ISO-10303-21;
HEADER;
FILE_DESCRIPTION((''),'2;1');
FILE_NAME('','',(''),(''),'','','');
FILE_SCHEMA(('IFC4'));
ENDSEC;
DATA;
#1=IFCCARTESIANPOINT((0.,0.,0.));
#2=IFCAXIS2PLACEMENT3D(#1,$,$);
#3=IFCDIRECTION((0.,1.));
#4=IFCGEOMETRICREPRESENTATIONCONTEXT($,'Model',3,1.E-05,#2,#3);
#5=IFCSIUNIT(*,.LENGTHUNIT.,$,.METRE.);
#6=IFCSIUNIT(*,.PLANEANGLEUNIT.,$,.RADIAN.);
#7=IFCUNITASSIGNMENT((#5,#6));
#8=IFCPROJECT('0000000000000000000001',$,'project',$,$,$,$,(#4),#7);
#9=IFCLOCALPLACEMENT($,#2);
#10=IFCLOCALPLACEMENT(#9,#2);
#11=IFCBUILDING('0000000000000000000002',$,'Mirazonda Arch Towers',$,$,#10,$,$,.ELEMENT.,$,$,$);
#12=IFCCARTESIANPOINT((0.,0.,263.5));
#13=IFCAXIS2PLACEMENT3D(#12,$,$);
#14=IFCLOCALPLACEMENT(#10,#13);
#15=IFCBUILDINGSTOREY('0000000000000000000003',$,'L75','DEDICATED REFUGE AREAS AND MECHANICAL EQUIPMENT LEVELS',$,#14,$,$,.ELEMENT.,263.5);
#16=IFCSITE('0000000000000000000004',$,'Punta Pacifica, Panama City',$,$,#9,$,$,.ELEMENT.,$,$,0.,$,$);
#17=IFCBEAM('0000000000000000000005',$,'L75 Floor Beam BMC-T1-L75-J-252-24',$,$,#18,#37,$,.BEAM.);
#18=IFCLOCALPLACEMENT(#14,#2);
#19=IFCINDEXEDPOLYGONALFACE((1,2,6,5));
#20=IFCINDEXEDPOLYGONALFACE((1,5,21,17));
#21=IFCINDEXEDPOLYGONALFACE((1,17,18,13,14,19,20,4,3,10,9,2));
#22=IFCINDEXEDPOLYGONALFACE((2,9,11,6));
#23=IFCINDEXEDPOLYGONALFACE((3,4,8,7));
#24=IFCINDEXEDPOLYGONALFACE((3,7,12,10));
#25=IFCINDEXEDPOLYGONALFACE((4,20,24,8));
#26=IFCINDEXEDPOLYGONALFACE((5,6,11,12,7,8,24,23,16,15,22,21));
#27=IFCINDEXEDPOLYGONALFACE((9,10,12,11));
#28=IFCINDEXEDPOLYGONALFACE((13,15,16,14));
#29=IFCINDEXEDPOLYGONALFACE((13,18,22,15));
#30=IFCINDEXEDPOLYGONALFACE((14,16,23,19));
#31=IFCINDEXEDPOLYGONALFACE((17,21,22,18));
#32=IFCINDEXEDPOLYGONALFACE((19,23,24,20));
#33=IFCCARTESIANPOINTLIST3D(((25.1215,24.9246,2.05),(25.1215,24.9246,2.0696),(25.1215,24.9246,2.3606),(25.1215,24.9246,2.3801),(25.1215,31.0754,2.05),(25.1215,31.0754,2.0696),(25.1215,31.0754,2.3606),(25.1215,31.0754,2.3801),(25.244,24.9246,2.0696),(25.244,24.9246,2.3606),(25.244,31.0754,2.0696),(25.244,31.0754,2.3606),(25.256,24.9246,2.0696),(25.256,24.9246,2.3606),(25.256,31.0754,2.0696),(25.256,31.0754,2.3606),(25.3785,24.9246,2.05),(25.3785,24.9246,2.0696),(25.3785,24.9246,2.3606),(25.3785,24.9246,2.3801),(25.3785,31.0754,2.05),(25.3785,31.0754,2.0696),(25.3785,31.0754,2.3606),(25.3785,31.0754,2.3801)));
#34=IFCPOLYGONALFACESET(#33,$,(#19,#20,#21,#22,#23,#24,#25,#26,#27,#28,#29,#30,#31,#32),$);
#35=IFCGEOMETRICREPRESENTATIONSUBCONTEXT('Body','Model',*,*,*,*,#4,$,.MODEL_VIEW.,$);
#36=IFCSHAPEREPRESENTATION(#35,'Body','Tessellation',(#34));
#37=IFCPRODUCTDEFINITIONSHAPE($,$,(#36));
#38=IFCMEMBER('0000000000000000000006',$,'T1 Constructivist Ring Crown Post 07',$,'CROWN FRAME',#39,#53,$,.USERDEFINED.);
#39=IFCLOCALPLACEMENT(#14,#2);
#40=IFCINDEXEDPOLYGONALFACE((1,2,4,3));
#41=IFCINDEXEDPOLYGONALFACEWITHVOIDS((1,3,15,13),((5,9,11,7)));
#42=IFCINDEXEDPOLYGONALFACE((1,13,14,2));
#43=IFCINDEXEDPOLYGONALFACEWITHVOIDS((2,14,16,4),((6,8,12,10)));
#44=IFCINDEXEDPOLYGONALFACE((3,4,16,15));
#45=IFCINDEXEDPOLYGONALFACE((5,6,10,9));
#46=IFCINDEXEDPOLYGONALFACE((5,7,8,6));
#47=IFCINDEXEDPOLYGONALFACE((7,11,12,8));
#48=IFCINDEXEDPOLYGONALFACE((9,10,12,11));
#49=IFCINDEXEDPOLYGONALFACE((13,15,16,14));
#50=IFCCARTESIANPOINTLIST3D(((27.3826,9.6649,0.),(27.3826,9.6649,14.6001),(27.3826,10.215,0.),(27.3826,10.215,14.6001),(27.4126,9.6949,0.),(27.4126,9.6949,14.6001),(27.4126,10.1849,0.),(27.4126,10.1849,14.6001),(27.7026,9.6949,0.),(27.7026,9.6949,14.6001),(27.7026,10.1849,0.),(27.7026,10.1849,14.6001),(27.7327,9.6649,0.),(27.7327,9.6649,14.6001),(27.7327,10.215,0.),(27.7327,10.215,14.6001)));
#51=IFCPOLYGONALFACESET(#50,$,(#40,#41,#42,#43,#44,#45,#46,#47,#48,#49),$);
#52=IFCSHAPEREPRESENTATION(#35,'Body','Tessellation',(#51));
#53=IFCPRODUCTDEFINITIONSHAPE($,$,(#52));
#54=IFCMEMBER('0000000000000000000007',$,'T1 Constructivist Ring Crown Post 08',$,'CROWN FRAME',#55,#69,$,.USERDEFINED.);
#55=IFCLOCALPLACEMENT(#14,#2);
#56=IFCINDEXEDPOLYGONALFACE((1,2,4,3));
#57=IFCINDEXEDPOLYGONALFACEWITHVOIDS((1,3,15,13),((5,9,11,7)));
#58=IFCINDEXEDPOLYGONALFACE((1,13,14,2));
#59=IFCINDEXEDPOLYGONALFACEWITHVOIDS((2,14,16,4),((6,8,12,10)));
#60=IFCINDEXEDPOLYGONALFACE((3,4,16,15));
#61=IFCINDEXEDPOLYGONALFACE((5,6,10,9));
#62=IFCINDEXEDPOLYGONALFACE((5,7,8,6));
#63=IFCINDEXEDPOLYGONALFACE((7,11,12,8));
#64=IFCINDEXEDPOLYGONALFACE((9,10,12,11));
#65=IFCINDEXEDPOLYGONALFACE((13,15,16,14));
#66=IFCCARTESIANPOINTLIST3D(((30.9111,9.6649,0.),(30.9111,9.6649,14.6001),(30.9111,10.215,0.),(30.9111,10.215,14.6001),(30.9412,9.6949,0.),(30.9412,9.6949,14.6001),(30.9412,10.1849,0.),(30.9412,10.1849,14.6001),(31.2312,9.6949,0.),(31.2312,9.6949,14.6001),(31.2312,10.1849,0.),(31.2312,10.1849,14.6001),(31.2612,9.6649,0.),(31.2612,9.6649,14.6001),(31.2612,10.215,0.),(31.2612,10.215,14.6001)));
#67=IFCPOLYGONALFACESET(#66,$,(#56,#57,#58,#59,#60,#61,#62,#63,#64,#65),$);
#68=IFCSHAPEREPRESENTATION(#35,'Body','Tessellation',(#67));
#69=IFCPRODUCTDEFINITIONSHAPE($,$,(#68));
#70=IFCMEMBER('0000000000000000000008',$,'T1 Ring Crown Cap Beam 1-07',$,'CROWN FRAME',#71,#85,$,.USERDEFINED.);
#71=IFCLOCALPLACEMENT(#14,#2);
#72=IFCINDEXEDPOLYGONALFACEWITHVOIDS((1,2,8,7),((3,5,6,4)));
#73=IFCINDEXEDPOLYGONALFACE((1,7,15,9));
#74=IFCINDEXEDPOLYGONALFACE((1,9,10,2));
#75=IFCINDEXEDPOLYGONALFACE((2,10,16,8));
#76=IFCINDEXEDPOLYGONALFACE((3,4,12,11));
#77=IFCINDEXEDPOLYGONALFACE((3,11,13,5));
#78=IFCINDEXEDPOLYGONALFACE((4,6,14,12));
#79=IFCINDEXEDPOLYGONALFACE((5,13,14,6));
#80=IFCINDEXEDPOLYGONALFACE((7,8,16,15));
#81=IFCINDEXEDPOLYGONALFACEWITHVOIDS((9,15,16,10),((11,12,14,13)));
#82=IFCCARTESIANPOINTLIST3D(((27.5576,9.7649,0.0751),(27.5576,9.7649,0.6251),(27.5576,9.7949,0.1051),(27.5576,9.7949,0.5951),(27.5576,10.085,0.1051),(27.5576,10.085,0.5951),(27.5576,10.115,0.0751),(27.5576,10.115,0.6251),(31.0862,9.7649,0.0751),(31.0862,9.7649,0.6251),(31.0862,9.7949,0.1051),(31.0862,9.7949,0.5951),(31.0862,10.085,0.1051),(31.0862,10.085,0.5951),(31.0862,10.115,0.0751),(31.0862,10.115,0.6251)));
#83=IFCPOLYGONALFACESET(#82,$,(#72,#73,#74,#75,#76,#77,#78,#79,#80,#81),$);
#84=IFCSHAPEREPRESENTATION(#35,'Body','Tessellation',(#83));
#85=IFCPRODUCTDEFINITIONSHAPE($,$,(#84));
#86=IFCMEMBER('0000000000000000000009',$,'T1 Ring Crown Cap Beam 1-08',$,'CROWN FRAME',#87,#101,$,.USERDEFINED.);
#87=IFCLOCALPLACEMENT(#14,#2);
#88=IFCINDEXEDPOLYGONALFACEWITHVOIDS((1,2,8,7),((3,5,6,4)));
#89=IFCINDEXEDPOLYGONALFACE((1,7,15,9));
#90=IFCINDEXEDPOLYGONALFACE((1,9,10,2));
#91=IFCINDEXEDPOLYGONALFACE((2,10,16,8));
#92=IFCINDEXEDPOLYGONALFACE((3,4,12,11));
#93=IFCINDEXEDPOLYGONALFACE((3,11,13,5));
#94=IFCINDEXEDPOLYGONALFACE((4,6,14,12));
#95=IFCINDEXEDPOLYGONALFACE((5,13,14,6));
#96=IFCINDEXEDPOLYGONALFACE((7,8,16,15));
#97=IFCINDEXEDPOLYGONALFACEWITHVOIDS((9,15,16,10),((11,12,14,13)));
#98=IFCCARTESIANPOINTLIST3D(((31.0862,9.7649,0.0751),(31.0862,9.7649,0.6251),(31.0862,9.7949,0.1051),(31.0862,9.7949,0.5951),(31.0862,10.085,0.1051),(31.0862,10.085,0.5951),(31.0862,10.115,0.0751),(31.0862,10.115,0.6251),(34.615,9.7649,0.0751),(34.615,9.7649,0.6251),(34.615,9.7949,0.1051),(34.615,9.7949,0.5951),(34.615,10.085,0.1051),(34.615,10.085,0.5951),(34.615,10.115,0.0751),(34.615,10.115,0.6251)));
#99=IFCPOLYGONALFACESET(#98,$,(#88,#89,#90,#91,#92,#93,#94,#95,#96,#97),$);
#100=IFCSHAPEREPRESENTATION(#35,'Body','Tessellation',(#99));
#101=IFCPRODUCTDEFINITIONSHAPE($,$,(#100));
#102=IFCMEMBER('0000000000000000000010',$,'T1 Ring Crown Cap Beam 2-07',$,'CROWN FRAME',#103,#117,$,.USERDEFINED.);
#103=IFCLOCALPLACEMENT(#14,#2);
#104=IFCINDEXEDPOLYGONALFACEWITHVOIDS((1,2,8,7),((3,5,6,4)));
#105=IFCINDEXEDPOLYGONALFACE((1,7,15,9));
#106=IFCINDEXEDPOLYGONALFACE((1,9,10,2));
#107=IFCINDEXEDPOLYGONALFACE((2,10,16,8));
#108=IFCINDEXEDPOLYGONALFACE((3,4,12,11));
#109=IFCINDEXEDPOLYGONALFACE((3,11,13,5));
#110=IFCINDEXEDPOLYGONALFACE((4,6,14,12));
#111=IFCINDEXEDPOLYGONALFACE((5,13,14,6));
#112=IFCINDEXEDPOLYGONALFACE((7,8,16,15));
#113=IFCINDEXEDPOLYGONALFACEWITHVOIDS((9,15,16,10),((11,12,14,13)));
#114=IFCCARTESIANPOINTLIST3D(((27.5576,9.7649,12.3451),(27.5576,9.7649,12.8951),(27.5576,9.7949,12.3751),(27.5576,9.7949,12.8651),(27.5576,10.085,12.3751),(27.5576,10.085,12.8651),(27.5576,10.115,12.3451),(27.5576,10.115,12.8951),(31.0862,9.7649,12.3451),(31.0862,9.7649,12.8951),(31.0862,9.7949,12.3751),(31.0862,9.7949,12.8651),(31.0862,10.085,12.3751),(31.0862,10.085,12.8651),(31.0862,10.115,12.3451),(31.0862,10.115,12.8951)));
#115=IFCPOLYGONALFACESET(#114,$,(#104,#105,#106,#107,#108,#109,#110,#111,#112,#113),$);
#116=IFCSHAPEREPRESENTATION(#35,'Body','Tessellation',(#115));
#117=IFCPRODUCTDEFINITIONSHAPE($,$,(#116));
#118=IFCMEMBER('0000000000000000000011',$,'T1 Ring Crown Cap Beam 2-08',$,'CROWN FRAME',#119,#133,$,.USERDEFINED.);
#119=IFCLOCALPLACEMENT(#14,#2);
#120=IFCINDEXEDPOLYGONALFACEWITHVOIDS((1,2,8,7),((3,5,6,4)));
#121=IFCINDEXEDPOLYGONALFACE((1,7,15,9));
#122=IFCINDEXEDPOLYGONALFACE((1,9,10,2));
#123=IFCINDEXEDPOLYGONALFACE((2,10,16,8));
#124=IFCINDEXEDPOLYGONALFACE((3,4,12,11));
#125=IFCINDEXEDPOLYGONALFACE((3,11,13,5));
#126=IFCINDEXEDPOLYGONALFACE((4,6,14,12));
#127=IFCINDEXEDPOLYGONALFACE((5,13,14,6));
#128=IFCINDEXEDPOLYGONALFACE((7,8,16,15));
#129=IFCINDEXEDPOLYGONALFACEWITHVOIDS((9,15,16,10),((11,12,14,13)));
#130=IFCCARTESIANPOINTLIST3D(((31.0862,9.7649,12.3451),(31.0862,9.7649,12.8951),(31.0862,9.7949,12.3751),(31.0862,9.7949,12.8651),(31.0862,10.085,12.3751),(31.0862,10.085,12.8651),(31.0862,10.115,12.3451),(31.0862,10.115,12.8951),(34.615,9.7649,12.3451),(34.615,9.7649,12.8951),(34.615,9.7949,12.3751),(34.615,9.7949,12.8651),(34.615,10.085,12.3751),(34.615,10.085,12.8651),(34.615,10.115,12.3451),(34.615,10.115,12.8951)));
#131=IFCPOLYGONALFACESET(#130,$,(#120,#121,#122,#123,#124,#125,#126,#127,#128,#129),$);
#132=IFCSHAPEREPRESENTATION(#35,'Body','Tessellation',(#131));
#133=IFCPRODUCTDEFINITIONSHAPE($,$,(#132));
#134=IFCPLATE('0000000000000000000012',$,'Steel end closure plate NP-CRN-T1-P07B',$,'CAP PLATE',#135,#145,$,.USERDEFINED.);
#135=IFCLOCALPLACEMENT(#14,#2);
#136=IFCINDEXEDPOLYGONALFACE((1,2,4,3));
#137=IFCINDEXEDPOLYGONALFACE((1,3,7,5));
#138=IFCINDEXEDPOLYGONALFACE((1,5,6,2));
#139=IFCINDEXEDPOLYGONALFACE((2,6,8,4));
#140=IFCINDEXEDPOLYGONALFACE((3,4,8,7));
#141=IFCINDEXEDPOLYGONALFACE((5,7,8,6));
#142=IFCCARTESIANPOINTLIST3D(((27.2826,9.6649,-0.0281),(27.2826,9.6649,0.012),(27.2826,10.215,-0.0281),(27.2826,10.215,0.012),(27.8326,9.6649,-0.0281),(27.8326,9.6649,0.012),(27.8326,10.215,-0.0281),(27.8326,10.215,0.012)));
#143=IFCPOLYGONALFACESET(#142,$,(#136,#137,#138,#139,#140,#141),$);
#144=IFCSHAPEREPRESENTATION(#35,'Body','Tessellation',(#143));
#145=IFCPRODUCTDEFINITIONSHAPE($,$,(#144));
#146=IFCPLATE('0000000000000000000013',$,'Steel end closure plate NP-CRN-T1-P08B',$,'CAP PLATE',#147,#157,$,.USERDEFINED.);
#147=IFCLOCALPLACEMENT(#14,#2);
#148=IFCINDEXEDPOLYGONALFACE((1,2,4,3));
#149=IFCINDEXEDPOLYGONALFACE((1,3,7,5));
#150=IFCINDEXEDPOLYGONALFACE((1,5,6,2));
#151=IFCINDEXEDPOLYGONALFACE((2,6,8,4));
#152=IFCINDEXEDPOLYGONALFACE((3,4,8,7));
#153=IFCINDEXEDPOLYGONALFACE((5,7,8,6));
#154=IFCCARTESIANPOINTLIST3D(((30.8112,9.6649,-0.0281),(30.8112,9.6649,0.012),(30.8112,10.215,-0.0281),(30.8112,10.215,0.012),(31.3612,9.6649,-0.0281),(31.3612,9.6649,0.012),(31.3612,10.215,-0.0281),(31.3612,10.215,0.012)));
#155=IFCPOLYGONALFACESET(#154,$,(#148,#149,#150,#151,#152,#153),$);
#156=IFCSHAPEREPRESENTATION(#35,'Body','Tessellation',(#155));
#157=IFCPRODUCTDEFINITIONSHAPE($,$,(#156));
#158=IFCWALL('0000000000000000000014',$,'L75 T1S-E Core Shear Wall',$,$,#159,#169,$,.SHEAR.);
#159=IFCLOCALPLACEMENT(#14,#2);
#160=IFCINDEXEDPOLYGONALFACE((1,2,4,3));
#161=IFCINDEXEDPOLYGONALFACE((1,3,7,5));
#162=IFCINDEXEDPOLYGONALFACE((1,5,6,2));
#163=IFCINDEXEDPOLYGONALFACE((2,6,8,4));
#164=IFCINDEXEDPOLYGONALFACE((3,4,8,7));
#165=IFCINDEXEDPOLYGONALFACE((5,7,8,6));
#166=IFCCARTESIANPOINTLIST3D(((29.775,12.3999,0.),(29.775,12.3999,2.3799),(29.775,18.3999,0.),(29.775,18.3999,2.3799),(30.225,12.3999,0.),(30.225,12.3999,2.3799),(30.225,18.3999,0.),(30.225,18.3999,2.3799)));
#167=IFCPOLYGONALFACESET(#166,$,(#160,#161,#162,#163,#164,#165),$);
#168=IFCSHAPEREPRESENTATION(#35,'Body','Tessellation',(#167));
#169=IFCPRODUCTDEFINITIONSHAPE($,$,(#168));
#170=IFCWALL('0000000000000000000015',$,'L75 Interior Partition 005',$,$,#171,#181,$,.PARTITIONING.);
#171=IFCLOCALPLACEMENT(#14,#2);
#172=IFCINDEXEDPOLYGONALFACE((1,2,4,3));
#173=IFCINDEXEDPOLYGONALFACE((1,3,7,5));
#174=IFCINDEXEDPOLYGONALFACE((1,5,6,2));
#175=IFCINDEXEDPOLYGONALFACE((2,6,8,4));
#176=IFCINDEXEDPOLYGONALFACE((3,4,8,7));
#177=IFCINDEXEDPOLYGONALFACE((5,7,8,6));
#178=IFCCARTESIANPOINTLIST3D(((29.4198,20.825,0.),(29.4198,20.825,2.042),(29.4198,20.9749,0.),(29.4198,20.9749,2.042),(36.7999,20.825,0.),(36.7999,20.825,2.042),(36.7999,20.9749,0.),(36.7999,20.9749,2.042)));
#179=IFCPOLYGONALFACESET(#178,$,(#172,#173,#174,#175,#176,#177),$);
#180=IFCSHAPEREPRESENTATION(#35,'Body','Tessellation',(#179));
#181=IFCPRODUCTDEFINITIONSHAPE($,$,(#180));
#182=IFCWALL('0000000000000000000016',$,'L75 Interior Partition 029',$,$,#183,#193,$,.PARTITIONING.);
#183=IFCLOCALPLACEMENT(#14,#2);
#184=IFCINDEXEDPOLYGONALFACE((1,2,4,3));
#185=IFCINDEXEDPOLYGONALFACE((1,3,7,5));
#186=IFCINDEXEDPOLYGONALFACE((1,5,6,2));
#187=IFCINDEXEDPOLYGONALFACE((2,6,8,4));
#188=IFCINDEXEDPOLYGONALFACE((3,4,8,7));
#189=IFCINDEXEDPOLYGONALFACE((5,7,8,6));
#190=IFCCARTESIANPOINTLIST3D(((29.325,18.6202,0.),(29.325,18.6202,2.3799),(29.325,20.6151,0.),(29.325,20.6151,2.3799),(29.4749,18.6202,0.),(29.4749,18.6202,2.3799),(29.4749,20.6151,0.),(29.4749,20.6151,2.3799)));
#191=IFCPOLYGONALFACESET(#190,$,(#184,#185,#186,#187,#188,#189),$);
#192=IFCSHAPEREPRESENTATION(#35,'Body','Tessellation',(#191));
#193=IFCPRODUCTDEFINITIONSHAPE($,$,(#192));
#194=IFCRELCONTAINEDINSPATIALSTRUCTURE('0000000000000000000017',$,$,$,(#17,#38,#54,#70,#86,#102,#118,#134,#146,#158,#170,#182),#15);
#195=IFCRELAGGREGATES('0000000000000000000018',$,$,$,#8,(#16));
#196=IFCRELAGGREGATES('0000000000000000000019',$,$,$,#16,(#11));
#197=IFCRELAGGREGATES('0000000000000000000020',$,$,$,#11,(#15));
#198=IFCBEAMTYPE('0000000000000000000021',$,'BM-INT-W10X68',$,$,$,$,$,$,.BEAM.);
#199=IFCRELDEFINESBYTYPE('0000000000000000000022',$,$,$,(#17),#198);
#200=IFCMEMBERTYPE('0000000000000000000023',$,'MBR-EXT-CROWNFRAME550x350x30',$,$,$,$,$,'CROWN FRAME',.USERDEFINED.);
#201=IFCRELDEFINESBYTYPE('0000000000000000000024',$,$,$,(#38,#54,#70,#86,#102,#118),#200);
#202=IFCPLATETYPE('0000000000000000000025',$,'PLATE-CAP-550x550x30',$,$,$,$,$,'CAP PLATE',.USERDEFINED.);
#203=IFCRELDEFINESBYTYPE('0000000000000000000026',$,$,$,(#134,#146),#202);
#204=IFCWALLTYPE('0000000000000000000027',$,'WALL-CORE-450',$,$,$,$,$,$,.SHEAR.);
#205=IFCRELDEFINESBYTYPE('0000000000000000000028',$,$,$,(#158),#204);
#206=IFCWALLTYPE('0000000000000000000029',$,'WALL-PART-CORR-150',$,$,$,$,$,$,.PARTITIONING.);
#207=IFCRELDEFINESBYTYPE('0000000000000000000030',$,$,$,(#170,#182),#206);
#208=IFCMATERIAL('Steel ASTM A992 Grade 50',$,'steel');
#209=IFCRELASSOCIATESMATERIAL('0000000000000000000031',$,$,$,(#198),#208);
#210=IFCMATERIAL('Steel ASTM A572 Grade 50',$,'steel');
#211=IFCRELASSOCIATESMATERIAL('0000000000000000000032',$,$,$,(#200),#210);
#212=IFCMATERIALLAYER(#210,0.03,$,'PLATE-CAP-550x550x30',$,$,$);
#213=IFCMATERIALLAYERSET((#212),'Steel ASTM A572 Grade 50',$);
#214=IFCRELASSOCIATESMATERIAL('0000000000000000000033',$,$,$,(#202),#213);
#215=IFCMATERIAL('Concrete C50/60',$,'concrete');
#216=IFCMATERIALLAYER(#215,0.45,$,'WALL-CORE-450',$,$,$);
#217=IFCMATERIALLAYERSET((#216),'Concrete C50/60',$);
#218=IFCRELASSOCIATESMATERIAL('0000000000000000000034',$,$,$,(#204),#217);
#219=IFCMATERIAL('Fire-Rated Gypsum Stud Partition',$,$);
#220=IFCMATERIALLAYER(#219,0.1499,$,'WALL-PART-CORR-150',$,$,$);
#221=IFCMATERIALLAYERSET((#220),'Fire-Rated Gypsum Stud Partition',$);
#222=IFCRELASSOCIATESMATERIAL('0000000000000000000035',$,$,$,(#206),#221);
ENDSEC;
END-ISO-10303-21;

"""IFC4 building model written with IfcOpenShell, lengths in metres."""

from ifc_helpers import new_model, si_unit, direction, frame, frame_2d, origin, origin_2d, place, context, subcontext, project, spatial, rectangle, hollow_rectangle, i_section, extrude, material, layer, layer_set, material_profile, profile_set, type_object, element, save


model = new_model("IFC4")

# Units and contexts
model_context = context("Model", 3, precision=1e-05, world=origin(), true_north=direction((0.0, 1.0)))
body_context = subcontext(model_context, "Body", "Model", "MODEL_VIEW")
ifc_project = project(units=[si_unit("LENGTHUNIT", "METRE"), si_unit("PLANEANGLEUNIT", "RADIAN")], contexts=[model_context])

# Site, building, storey
site_placement = place(None, origin())
site = spatial("IfcSite", under=ifc_project, at=site_placement, Name="Punta Pacifica, Panama City", CompositionType="ELEMENT", RefElevation=0.0)
building_placement = place(site_placement, origin())
building = spatial("IfcBuilding", under=site, at=building_placement, Name="Mirazonda Arch Towers", CompositionType="ELEMENT")
storey_placement = place(building_placement, frame((0.0, 0.0, 263.5)))
storey = spatial("IfcBuildingStorey", under=building, at=storey_placement, Name="L75", Description="DEDICATED REFUGE AREAS AND MECHANICAL EQUIPMENT LEVELS", CompositionType="ELEMENT", Elevation=263.5)

# Shared definitions
ifc_material_1 = material(Name="Concrete C50/60", Category="concrete")

# Beam
ifc_material_2 = material(Name="Steel ASTM A992 Grade 50", Category="steel")
ifc_material_profile_1 = material_profile(ifc_material_2, i_section(OverallWidth=0.2571, OverallDepth=0.3301, WebThickness=0.012, FlangeThickness=0.0195, at=origin_2d()), Name="W10X68")
ifc_profile_set_1 = profile_set([ifc_material_profile_1], Name="Steel ASTM A992 Grade 50")
beam_type = type_object("IfcBeamType", Name="BM-INT-W10X68", PredefinedType="BEAM", material=ifc_profile_set_1)
beam_1_placement = place(storey_placement, frame((25.25, 24.9246, 2.2151), z_axis=(0.0, 1.0, 0.0), x_axis=(-1.0, 0.0, 0.0)))
element("IfcBeam", 1, at=beam_1_placement, inside=storey, type_object=beam_type, Name="L75 Floor Beam BMC-T1-L75-J-252-24", PredefinedType="BEAM", context=body_context, shape_type="SweptSolid", body=[
    extrude(i_section(OverallWidth=0.2571, OverallDepth=0.3301, WebThickness=0.012, FlangeThickness=0.0195, at=origin_2d()), origin(), (0.0, 0.0, 1.0), 6.1509),
])

# Members
ifc_material_3 = material(Name="Steel ASTM A572 Grade 50", Category="steel")
ifc_material_profile_2 = material_profile(ifc_material_3, hollow_rectangle(XDim=0.3501, YDim=0.55, WallThickness=0.03, at=origin_2d()), Name="CROWNFRAME550x350x30")
ifc_profile_set_2 = profile_set([ifc_material_profile_2], Name="Steel ASTM A572 Grade 50")
member_type = type_object("IfcMemberType", Name="MBR-EXT-CROWNFRAME550x350x30", ElementType="CROWN FRAME", PredefinedType="USERDEFINED", material=ifc_profile_set_2)
for number, where, z_axis, x_axis, name in (
    (2, (27.5576, 9.9399, 0.0), (0.0, 0.0, 1.0), (1.0, 0.0, 0.0), "T1 Constructivist Ring Crown Post 07"),
    (3, (31.0862, 9.9399, 0.0), (0.0, 0.0, 1.0), (1.0, 0.0, 0.0), "T1 Constructivist Ring Crown Post 08"),
):
    element("IfcMember", number, at=place(storey_placement, frame(where, z_axis=z_axis, x_axis=x_axis)), inside=storey, type_object=member_type, Name=name, ObjectType="CROWN FRAME", PredefinedType="USERDEFINED", context=body_context, shape_type="SweptSolid", body=[
        extrude(hollow_rectangle(XDim=0.3501, YDim=0.55, WallThickness=0.03, at=origin_2d()), origin(), (0.0, 0.0, 1.0), 14.6001),
    ])
member_1_placement = place(storey_placement, frame((27.5576, 9.9399, 0.3501), z_axis=(1.0, 0.0, 0.0), x_axis=(0.0, 1.0, 0.0)))
element("IfcMember", 4, at=member_1_placement, inside=storey, type_object=member_type, Name="T1 Ring Crown Cap Beam 1-07", ObjectType="CROWN FRAME", PredefinedType="USERDEFINED", context=body_context, shape_type="SweptSolid", body=[
    extrude(hollow_rectangle(XDim=0.3501, YDim=0.55, WallThickness=0.03, at=origin_2d()), origin(), (0.0, 0.0, 1.0), 3.5286),
])
member_2_placement = place(storey_placement, frame((31.0862, 9.9399, 0.3501), z_axis=(1.0, 0.0, 0.0), x_axis=(0.0, 1.0, 0.0)))
element("IfcMember", 5, at=member_2_placement, inside=storey, type_object=member_type, Name="T1 Ring Crown Cap Beam 1-08", ObjectType="CROWN FRAME", PredefinedType="USERDEFINED", context=body_context, shape_type="SweptSolid", body=[
    extrude(hollow_rectangle(XDim=0.3501, YDim=0.55, WallThickness=0.03, at=origin_2d()), origin(), (0.0, 0.0, 1.0), 3.5288),
])
member_3_placement = place(storey_placement, frame((27.5576, 9.9399, 12.6201), z_axis=(1.0, 0.0, 0.0), x_axis=(0.0, 1.0, 0.0)))
element("IfcMember", 6, at=member_3_placement, inside=storey, type_object=member_type, Name="T1 Ring Crown Cap Beam 2-07", ObjectType="CROWN FRAME", PredefinedType="USERDEFINED", context=body_context, shape_type="SweptSolid", body=[
    extrude(hollow_rectangle(XDim=0.3501, YDim=0.55, WallThickness=0.03, at=origin_2d()), origin(), (0.0, 0.0, 1.0), 3.5286),
])
member_4_placement = place(storey_placement, frame((31.0862, 9.9399, 12.6201), z_axis=(1.0, 0.0, 0.0), x_axis=(0.0, 1.0, 0.0)))
element("IfcMember", 7, at=member_4_placement, inside=storey, type_object=member_type, Name="T1 Ring Crown Cap Beam 2-08", ObjectType="CROWN FRAME", PredefinedType="USERDEFINED", context=body_context, shape_type="SweptSolid", body=[
    extrude(hollow_rectangle(XDim=0.3501, YDim=0.55, WallThickness=0.03, at=origin_2d()), origin(), (0.0, 0.0, 1.0), 3.5288),
])

# Plates
ifc_layer_1 = layer(ifc_material_3, 0.03, Name="PLATE-CAP-550x550x30")
ifc_layer_set_1 = layer_set([ifc_layer_1], Name="Steel ASTM A572 Grade 50")
plate_type = type_object("IfcPlateType", Name="PLATE-CAP-550x550x30", ElementType="CAP PLATE", PredefinedType="USERDEFINED", material=ifc_layer_set_1)
for number, where, z_axis, x_axis, name in (
    (8, (27.5576, 9.9399, -0.0281), (0.0, 0.0, 1.0), (1.0, 0.0, 0.0), "Steel end closure plate NP-CRN-T1-P07B"),
    (9, (31.0862, 9.9399, -0.0281), (0.0, 0.0, 1.0), (1.0, 0.0, 0.0), "Steel end closure plate NP-CRN-T1-P08B"),
):
    element("IfcPlate", number, at=place(storey_placement, frame(where, z_axis=z_axis, x_axis=x_axis)), inside=storey, type_object=plate_type, Name=name, ObjectType="CAP PLATE", PredefinedType="USERDEFINED", context=body_context, shape_type="SweptSolid", body=[
        extrude(rectangle(XDim=0.55, YDim=0.55, at=origin_2d()), origin(), (0.0, 0.0, 1.0), 0.04),
    ])

# Walls
ifc_layer_2 = layer(ifc_material_1, 0.45, Name="WALL-CORE-450")
ifc_layer_set_2 = layer_set([ifc_layer_2], Name="Concrete C50/60")
wall_type_1 = type_object("IfcWallType", Name="WALL-CORE-450", PredefinedType="SHEAR", material=ifc_layer_set_2)
wall_1_placement = place(storey_placement, frame((30.0, 12.3999, 0.0), z_axis=(0.0, 0.0, 1.0), x_axis=(0.0, 1.0, 0.0)))
element("IfcWall", 10, at=wall_1_placement, inside=storey, type_object=wall_type_1, Name="L75 T1S-E Core Shear Wall", PredefinedType="SHEAR", context=body_context, shape_type="SweptSolid", body=[
    extrude(rectangle(XDim=6.0, YDim=0.45, at=frame_2d((3.0, 0.0))), origin(), (0.0, 0.0, 1.0), 2.3799),
])
ifc_material_4 = material(Name="Fire-Rated Gypsum Stud Partition")
ifc_layer_3 = layer(ifc_material_4, 0.1499, Name="WALL-PART-CORR-150")
ifc_layer_set_3 = layer_set([ifc_layer_3], Name="Fire-Rated Gypsum Stud Partition")
wall_type_2 = type_object("IfcWallType", Name="WALL-PART-CORR-150", PredefinedType="PARTITIONING", material=ifc_layer_set_3)
wall_2_placement = place(storey_placement, frame((29.4199, 20.8999, 0.0), z_axis=(0.0, 0.0, 1.0), x_axis=(1.0, 0.0, 0.0)))
element("IfcWall", 11, at=wall_2_placement, inside=storey, type_object=wall_type_2, Name="L75 Interior Partition 005", PredefinedType="PARTITIONING", context=body_context, shape_type="SweptSolid", body=[
    extrude(rectangle(XDim=7.3801, YDim=0.1499, at=frame_2d((3.6899, 0.0))), origin(), (0.0, 0.0, 1.0), 2.042),
])
wall_3_placement = place(storey_placement, frame((29.3999, 18.6201, 0.0), z_axis=(0.0, 0.0, 1.0), x_axis=(0.0, 1.0, 0.0)))
element("IfcWall", 12, at=wall_3_placement, inside=storey, type_object=wall_type_2, Name="L75 Interior Partition 029", PredefinedType="PARTITIONING", context=body_context, shape_type="SweptSolid", body=[
    extrude(rectangle(XDim=1.9949, YDim=0.1499, at=frame_2d((0.9976, 0.0))), origin(), (0.0, 0.0, 1.0), 2.3799),
])

save(model, "model.ifc")
